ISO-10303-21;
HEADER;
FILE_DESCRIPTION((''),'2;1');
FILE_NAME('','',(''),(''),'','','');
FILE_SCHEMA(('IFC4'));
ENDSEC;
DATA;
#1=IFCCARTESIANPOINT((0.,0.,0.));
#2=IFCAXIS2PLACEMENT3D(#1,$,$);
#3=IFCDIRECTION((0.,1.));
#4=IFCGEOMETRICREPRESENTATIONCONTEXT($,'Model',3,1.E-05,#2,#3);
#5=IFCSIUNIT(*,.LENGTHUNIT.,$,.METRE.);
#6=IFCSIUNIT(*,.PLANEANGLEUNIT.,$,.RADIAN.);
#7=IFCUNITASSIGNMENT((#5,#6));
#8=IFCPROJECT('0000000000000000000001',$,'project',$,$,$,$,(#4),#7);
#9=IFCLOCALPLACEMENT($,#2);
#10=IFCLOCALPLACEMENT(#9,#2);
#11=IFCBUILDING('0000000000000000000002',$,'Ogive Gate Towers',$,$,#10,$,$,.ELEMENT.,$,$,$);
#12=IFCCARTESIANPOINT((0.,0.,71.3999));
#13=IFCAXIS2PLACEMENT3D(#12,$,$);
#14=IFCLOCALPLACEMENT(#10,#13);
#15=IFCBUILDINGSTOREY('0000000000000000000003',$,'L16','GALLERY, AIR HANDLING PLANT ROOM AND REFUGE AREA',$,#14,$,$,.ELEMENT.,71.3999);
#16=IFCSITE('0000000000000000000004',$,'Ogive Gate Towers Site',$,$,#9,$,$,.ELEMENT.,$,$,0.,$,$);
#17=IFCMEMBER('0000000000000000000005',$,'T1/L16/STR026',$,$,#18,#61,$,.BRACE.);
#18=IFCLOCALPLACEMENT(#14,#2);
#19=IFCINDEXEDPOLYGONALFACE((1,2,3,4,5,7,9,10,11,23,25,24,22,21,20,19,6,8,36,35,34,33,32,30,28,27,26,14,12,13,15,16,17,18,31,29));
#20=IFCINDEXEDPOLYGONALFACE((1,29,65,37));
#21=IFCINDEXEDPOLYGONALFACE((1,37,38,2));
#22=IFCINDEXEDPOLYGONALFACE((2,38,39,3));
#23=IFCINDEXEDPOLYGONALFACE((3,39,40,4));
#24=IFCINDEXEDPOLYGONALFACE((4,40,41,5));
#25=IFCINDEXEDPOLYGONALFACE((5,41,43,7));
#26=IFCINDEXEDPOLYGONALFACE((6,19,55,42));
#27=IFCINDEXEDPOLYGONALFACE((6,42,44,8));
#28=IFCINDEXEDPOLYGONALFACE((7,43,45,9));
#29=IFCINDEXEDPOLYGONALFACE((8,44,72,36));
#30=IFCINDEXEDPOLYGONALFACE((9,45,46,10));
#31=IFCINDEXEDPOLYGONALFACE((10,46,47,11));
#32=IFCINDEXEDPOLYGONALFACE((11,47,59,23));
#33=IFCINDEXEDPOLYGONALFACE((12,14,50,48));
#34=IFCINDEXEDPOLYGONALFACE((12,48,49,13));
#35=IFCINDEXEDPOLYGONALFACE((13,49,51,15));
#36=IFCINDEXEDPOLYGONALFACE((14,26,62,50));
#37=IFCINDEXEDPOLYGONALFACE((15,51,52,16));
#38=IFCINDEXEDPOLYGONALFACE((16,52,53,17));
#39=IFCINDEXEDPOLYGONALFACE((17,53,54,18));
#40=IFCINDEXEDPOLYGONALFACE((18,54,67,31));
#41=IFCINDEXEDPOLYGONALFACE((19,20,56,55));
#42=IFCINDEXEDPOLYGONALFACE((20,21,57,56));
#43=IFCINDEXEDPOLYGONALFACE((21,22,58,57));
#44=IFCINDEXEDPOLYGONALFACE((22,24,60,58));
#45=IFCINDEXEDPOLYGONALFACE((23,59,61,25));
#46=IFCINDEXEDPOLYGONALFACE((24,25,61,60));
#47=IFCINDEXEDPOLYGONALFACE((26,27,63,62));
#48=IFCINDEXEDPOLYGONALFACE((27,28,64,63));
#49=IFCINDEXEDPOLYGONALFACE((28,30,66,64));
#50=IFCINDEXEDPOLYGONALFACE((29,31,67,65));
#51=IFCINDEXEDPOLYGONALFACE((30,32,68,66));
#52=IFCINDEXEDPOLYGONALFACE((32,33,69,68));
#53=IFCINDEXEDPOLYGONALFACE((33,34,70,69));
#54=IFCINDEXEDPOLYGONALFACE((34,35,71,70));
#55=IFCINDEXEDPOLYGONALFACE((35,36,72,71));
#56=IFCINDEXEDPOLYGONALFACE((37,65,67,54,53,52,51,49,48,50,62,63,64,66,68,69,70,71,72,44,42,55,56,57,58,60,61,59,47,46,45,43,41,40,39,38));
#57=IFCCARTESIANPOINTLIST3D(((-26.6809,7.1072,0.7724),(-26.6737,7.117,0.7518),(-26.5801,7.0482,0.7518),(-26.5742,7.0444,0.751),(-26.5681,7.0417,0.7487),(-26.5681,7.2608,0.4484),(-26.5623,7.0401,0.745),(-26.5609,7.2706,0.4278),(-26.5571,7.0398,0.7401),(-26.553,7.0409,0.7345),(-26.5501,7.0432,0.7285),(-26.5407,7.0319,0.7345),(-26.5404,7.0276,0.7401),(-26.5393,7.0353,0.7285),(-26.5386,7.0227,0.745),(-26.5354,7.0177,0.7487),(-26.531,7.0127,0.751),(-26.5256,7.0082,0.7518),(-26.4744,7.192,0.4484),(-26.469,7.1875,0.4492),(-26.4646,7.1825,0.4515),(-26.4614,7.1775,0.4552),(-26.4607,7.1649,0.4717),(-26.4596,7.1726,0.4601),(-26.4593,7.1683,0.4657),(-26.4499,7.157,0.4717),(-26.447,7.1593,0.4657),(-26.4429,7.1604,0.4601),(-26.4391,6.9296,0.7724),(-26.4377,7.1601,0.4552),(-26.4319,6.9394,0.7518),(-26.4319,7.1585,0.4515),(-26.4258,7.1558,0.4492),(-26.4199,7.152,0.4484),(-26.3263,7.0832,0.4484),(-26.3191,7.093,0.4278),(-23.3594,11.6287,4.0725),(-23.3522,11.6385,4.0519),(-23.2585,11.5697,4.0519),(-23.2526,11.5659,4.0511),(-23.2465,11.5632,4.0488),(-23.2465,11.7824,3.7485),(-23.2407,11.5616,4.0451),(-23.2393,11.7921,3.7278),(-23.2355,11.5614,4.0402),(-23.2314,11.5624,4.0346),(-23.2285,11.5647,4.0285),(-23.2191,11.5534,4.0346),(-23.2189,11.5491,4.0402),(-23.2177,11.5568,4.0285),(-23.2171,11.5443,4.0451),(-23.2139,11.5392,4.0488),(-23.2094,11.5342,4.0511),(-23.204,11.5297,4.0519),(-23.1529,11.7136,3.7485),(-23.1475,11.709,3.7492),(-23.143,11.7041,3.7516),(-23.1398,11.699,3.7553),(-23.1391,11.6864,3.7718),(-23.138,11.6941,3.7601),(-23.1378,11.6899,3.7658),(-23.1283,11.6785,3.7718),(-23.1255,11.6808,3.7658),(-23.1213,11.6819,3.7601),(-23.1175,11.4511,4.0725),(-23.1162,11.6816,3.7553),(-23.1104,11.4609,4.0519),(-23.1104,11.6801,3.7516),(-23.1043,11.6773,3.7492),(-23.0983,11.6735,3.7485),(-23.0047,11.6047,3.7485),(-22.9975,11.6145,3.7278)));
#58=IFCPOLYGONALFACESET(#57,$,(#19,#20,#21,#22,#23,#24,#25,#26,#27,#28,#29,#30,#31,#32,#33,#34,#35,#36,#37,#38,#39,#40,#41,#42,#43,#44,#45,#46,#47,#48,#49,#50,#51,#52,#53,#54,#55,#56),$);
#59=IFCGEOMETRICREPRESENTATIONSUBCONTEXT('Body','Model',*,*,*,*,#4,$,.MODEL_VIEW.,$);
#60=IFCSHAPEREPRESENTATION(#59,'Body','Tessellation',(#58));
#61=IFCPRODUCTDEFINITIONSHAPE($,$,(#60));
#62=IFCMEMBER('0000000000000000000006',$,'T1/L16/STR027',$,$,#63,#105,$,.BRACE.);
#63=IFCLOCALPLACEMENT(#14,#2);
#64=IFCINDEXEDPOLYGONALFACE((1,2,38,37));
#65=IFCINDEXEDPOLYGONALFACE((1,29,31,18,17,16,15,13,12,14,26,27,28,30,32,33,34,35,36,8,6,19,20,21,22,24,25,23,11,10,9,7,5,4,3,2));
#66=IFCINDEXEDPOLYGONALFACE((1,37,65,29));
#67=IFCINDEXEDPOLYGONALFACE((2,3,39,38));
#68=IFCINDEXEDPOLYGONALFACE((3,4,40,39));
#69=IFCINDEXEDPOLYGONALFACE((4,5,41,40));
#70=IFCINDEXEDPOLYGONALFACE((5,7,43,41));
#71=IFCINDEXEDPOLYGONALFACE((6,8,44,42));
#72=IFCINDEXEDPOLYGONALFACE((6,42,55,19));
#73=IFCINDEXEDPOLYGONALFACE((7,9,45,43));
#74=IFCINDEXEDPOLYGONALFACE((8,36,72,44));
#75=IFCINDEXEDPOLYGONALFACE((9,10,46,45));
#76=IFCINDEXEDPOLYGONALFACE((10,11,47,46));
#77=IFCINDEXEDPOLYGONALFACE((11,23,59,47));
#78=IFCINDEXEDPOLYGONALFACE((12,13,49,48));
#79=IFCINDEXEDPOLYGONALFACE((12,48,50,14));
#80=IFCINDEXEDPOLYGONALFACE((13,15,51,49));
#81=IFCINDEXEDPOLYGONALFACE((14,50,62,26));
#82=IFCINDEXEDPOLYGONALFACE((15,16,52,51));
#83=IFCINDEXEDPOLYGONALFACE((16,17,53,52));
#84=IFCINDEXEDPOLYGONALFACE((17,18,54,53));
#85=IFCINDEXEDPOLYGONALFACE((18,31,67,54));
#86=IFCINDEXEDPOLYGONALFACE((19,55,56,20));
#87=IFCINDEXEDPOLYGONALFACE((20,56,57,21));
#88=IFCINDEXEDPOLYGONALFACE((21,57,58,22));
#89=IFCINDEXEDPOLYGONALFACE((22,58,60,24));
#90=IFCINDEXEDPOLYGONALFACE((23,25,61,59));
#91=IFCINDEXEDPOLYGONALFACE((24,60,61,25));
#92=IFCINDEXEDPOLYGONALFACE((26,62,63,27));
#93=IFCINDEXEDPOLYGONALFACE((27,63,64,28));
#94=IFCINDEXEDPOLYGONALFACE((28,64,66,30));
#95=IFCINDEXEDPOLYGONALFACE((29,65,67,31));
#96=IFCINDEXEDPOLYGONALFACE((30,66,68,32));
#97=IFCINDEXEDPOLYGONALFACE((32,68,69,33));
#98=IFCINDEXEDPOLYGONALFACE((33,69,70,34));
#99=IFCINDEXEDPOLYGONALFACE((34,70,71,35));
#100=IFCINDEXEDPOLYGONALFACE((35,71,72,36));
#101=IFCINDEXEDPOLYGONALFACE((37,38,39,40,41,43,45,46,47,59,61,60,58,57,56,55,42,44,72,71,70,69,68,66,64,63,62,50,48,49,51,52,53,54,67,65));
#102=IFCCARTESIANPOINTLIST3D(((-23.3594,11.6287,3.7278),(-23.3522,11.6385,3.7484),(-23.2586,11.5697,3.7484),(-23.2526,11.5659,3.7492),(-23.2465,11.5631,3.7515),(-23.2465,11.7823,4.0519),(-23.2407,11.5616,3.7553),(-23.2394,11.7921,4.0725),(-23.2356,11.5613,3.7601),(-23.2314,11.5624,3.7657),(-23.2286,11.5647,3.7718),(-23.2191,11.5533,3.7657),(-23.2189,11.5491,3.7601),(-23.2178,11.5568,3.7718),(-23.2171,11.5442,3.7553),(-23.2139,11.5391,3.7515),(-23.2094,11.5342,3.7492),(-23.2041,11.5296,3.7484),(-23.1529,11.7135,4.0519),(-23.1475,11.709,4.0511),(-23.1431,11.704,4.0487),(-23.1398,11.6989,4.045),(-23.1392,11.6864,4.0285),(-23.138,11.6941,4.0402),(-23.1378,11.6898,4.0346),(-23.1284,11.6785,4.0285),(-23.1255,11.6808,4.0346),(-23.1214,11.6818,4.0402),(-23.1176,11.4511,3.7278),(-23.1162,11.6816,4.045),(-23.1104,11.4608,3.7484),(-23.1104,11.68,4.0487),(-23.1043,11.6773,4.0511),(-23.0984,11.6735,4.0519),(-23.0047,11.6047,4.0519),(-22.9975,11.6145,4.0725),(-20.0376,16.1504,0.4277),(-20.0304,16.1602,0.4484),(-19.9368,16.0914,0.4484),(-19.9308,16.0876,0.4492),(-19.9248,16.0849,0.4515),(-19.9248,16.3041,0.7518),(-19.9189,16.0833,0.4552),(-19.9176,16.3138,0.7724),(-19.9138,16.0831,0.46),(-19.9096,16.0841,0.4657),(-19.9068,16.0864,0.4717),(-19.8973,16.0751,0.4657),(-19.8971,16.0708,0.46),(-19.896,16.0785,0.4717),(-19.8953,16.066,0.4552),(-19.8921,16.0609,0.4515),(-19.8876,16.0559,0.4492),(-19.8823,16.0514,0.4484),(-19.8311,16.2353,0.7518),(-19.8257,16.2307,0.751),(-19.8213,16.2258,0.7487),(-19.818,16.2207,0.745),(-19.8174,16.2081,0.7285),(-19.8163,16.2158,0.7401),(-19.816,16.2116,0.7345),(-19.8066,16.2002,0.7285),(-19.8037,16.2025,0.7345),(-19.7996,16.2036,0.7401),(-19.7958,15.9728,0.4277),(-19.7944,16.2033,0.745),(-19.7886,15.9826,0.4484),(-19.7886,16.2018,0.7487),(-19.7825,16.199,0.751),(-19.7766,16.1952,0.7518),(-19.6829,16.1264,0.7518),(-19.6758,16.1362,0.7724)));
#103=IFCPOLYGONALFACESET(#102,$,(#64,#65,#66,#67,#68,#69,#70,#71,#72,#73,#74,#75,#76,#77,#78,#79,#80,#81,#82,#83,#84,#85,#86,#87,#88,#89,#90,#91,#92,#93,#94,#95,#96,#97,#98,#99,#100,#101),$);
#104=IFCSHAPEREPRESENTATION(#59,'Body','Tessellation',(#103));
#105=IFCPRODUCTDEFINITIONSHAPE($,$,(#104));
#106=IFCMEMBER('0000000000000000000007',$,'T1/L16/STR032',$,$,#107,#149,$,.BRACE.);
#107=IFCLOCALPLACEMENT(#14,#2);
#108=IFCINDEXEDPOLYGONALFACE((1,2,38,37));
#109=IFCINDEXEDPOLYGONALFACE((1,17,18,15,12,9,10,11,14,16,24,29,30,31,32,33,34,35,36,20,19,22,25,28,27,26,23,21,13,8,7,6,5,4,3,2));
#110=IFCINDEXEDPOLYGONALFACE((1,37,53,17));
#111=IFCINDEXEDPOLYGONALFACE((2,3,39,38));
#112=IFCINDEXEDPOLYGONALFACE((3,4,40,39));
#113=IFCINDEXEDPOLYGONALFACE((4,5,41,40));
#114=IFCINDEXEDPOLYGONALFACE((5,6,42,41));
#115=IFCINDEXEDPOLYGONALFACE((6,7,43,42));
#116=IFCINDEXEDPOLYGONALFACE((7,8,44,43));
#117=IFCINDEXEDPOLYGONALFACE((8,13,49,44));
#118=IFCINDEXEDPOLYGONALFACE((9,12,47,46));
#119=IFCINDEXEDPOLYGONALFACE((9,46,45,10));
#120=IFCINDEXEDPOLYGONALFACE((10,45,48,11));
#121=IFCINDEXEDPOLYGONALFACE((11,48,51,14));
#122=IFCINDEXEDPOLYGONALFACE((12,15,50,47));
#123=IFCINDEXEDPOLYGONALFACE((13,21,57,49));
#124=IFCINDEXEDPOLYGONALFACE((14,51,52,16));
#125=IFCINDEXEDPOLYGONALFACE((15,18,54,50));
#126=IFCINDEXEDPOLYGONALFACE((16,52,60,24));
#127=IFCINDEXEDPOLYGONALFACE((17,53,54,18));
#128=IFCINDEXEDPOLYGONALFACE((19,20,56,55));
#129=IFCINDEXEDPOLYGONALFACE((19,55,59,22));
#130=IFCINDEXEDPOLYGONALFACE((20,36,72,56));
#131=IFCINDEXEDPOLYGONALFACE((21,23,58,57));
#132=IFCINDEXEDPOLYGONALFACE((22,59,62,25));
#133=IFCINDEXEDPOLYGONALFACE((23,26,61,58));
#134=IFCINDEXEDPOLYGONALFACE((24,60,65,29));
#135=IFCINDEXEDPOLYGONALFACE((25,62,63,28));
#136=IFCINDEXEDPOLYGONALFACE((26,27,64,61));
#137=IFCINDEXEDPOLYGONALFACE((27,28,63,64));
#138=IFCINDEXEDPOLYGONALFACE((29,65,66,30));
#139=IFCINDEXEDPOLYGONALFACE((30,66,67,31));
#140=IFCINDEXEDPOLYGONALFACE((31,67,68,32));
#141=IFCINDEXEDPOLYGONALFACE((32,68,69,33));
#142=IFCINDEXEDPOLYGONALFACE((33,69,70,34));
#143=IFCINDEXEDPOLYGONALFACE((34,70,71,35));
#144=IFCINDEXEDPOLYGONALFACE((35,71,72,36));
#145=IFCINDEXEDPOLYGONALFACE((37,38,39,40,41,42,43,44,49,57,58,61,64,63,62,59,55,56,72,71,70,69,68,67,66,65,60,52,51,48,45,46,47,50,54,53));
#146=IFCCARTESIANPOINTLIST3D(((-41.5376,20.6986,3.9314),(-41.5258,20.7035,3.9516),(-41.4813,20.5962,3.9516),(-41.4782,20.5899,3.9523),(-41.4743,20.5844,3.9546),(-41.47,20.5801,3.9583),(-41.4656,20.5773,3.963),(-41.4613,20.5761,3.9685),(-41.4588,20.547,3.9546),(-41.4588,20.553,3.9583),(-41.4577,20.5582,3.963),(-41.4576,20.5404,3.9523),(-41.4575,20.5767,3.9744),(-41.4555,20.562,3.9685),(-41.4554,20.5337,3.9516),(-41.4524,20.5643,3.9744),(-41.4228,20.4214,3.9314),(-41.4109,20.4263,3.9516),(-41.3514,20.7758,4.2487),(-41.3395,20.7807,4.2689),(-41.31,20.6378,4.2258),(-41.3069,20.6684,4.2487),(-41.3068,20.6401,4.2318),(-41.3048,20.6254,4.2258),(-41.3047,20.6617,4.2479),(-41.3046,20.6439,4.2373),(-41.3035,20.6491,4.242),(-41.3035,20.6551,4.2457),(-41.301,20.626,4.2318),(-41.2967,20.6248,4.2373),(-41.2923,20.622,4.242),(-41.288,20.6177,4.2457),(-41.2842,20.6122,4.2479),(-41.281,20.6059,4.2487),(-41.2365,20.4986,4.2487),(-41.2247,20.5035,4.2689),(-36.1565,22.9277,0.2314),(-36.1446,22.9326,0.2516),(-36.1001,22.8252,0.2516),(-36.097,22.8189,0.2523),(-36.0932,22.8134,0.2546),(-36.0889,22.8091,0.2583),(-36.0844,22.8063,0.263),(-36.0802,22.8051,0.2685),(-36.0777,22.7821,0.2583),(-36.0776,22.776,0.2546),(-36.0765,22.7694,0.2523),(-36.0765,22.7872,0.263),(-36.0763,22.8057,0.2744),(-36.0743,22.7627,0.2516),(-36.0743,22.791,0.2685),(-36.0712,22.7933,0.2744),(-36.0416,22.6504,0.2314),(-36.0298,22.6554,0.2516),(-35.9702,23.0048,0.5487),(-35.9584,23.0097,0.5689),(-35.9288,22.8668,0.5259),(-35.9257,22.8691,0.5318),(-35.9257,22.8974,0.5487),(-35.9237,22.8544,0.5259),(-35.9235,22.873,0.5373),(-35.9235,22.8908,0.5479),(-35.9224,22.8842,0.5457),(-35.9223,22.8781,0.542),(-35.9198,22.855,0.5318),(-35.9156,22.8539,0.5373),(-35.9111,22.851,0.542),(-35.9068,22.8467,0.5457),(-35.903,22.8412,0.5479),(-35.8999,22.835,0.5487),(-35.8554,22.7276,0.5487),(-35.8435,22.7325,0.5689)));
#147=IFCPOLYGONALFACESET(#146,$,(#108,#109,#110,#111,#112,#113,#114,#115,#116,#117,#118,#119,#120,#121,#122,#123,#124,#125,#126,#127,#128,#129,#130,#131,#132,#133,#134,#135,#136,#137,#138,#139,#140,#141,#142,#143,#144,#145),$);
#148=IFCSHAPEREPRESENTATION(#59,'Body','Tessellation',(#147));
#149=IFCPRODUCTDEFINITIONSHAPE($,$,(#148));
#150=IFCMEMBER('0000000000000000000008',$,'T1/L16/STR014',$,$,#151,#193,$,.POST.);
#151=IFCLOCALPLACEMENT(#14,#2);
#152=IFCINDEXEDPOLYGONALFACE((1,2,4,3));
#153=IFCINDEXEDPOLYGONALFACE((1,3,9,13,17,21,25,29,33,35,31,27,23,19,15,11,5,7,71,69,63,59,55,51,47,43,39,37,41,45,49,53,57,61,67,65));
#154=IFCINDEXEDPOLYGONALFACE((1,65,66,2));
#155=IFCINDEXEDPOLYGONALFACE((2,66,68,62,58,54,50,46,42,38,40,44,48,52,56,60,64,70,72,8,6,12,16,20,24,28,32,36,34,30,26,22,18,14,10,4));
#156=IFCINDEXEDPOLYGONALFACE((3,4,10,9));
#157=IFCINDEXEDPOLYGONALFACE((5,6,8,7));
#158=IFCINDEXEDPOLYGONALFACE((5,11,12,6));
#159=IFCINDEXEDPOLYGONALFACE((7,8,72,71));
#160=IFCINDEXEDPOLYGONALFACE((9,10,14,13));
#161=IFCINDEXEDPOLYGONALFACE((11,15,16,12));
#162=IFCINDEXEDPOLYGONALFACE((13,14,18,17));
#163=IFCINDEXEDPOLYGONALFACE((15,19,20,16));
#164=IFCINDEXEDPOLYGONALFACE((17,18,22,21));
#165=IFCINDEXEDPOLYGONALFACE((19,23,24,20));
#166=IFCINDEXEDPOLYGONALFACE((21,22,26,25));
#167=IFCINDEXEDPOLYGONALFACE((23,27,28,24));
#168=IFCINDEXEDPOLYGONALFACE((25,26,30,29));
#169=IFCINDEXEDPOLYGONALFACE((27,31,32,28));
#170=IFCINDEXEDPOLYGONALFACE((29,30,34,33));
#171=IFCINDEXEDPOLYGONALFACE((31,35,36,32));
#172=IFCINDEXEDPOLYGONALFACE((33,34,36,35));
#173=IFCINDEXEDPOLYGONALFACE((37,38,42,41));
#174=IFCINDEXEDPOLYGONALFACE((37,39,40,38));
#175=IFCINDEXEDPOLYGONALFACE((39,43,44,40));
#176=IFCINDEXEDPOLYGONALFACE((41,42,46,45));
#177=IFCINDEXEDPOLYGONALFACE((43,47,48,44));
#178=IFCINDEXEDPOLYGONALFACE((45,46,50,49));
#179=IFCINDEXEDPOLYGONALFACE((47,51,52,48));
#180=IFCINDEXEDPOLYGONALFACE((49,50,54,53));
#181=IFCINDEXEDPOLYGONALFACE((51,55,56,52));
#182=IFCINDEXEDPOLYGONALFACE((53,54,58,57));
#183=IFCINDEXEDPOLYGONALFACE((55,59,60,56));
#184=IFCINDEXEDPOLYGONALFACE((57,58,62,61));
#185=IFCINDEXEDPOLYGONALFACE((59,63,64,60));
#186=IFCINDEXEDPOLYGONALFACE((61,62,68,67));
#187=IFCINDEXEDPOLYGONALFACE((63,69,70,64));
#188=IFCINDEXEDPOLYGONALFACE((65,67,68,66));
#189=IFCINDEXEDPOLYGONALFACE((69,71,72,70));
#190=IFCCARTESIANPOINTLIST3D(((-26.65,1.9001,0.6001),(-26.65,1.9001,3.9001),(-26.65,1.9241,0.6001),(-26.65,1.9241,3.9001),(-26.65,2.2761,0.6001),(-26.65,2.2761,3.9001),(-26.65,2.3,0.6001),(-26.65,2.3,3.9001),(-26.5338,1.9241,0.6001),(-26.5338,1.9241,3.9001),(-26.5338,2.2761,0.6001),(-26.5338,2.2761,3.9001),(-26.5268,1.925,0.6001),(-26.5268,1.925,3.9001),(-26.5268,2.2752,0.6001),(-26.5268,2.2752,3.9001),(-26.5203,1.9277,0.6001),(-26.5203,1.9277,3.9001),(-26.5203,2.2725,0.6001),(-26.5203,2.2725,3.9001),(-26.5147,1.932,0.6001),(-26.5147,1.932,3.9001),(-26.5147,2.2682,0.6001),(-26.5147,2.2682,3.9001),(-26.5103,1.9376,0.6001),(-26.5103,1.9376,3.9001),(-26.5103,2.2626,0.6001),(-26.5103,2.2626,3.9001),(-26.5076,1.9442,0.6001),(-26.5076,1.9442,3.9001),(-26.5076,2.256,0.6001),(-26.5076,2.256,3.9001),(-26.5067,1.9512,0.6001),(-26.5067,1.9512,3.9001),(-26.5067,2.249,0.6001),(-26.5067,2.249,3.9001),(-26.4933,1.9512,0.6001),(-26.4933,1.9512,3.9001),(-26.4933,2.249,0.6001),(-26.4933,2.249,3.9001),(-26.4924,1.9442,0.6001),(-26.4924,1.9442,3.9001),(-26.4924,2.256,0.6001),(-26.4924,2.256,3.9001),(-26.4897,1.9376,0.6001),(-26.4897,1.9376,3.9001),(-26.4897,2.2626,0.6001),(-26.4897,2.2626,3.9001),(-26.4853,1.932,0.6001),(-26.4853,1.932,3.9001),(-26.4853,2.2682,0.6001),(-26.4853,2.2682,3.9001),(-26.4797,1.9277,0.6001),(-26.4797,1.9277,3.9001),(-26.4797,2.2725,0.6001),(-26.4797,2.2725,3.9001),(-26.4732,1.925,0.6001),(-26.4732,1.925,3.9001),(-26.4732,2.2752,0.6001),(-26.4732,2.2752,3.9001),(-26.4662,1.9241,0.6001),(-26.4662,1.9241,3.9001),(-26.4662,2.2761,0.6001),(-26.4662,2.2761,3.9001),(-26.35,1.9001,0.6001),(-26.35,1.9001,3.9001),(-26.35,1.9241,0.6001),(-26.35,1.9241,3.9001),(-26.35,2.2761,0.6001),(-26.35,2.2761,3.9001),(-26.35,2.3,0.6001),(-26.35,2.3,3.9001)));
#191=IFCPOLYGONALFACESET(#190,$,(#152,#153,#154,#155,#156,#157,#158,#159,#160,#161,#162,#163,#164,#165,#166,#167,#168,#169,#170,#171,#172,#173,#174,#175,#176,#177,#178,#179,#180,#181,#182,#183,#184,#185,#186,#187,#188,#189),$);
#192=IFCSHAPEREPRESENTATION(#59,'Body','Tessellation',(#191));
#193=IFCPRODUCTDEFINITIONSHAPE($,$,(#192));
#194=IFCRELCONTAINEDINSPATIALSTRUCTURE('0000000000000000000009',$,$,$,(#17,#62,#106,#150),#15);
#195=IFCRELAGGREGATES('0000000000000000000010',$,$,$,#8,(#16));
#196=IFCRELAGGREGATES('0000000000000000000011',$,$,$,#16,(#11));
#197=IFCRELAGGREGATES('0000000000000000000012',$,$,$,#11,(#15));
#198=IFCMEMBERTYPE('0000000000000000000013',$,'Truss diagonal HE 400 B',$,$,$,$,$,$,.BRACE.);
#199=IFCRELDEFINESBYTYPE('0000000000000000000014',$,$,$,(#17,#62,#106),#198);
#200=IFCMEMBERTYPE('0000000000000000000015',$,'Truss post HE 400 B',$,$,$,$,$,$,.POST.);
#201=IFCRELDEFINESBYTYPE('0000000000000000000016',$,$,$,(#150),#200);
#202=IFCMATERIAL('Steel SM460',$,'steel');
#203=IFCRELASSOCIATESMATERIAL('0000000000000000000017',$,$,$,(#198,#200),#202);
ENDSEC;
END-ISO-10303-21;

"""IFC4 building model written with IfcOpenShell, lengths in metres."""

from ifc_helpers import new_model, si_unit, direction, frame, origin, origin_2d, place, context, subcontext, project, spatial, i_section, extrude, material, material_profile, profile_set, type_object, element, save


model = new_model("IFC4")

# Units and contexts
model_context = context("Model", 3, precision=1e-05, world=origin(), true_north=direction((0.0, 1.0)))
body_context = subcontext(model_context, "Body", "Model", "MODEL_VIEW")
ifc_project = project(units=[si_unit("LENGTHUNIT", "METRE"), si_unit("PLANEANGLEUNIT", "RADIAN")], contexts=[model_context])

# Site, building, storey
site_placement = place(None, origin())
site = spatial("IfcSite", under=ifc_project, at=site_placement, Name="Ogive Gate Towers Site", CompositionType="ELEMENT", RefElevation=0.0)
building_placement = place(site_placement, origin())
building = spatial("IfcBuilding", under=site, at=building_placement, Name="Ogive Gate Towers", CompositionType="ELEMENT")
storey_placement = place(building_placement, frame((0.0, 0.0, 71.3999)))
storey = spatial("IfcBuildingStorey", under=building, at=storey_placement, Name="L16", Description="GALLERY, AIR HANDLING PLANT ROOM AND REFUGE AREA", CompositionType="ELEMENT", Elevation=71.3999)

# Shared definitions
ifc_material_1 = material(Name="Steel SM460", Category="steel")

# Members
ifc_material_profile_1 = material_profile(ifc_material_1, i_section(OverallWidth=0.3, OverallDepth=0.3999, WebThickness=0.0134, FlangeThickness=0.0239, FilletRadius=0.0271, at=origin_2d()), Name="HE 400 B")
ifc_profile_set_1 = profile_set([ifc_material_profile_1], Name="Steel SM460")
member_type_1 = type_object("IfcMemberType", Name="Truss diagonal HE 400 B", PredefinedType="BRACE", material=ifc_profile_set_1)
member_1_placement = place(storey_placement, frame((-26.5, 7.1001, 0.6001), z_axis=(0.510301, 0.694654, 0.507), x_axis=(-0.805914, 0.592033, 0.0)))
element("IfcMember", 1, at=member_1_placement, inside=storey, type_object=member_type_1, Name="T1/L16/STR026", PredefinedType="BRACE", context=body_context, shape_type="SweptSolid", body=[
    extrude(i_section(OverallWidth=0.3, OverallDepth=0.3999, WebThickness=0.0134, FlangeThickness=0.0239, FilletRadius=0.0271, at=origin_2d()), origin(), (0.0, 0.0, 1.0), 6.509),
])
member_2_placement = place(storey_placement, frame((-23.1785, 11.6216, 3.9001), z_axis=(0.510315, 0.69466, -0.506977), x_axis=(-0.805908, 0.592041, 0.0)))
element("IfcMember", 2, at=member_2_placement, inside=storey, type_object=member_type_1, Name="T1/L16/STR027", PredefinedType="BRACE", context=body_context, shape_type="SweptSolid", body=[
    extrude(i_section(OverallWidth=0.3, OverallDepth=0.3999, WebThickness=0.0134, FlangeThickness=0.0239, FilletRadius=0.0271, at=origin_2d()), origin(), (0.0, 0.0, 1.0), 6.5093),
])
member_3_placement = place(storey_placement, frame((-36.0, 22.8301, 0.4001), z_axis=(-0.779834, -0.323029, 0.5362), x_axis=(0.382695, -0.923875, 0.0)))
element("IfcMember", 3, at=member_3_placement, inside=storey, type_object=member_type_1, Name="T1/L16/STR032", PredefinedType="BRACE", context=body_context, shape_type="SweptSolid", body=[
    extrude(i_section(OverallWidth=0.3, OverallDepth=0.3999, WebThickness=0.0134, FlangeThickness=0.0239, FilletRadius=0.0271, at=origin_2d()), origin(), (0.0, 0.0, 1.0), 6.9004),
])
ifc_material_profile_2 = material_profile(ifc_material_1, i_section(OverallWidth=0.3, OverallDepth=0.3999, WebThickness=0.0134, FlangeThickness=0.0239, FilletRadius=0.0271, at=origin_2d()), Name="HE 400 B")
ifc_profile_set_2 = profile_set([ifc_material_profile_2], Name="Steel SM460")
member_type_2 = type_object("IfcMemberType", Name="Truss post HE 400 B", PredefinedType="POST", material=ifc_profile_set_2)
member_4_placement = place(storey_placement, frame((-26.5, 2.1001, 0.6001), z_axis=(0.0, 0.0, 1.0), x_axis=(1.0, 0.0, 0.0)))
element("IfcMember", 4, at=member_4_placement, inside=storey, type_object=member_type_2, Name="T1/L16/STR014", PredefinedType="POST", context=body_context, shape_type="SweptSolid", body=[
    extrude(i_section(OverallWidth=0.3, OverallDepth=0.3999, WebThickness=0.0134, FlangeThickness=0.0239, FilletRadius=0.0271, at=origin_2d()), origin(), (0.0, 0.0, 1.0), 3.3),
])

save(model, "model.ifc")
